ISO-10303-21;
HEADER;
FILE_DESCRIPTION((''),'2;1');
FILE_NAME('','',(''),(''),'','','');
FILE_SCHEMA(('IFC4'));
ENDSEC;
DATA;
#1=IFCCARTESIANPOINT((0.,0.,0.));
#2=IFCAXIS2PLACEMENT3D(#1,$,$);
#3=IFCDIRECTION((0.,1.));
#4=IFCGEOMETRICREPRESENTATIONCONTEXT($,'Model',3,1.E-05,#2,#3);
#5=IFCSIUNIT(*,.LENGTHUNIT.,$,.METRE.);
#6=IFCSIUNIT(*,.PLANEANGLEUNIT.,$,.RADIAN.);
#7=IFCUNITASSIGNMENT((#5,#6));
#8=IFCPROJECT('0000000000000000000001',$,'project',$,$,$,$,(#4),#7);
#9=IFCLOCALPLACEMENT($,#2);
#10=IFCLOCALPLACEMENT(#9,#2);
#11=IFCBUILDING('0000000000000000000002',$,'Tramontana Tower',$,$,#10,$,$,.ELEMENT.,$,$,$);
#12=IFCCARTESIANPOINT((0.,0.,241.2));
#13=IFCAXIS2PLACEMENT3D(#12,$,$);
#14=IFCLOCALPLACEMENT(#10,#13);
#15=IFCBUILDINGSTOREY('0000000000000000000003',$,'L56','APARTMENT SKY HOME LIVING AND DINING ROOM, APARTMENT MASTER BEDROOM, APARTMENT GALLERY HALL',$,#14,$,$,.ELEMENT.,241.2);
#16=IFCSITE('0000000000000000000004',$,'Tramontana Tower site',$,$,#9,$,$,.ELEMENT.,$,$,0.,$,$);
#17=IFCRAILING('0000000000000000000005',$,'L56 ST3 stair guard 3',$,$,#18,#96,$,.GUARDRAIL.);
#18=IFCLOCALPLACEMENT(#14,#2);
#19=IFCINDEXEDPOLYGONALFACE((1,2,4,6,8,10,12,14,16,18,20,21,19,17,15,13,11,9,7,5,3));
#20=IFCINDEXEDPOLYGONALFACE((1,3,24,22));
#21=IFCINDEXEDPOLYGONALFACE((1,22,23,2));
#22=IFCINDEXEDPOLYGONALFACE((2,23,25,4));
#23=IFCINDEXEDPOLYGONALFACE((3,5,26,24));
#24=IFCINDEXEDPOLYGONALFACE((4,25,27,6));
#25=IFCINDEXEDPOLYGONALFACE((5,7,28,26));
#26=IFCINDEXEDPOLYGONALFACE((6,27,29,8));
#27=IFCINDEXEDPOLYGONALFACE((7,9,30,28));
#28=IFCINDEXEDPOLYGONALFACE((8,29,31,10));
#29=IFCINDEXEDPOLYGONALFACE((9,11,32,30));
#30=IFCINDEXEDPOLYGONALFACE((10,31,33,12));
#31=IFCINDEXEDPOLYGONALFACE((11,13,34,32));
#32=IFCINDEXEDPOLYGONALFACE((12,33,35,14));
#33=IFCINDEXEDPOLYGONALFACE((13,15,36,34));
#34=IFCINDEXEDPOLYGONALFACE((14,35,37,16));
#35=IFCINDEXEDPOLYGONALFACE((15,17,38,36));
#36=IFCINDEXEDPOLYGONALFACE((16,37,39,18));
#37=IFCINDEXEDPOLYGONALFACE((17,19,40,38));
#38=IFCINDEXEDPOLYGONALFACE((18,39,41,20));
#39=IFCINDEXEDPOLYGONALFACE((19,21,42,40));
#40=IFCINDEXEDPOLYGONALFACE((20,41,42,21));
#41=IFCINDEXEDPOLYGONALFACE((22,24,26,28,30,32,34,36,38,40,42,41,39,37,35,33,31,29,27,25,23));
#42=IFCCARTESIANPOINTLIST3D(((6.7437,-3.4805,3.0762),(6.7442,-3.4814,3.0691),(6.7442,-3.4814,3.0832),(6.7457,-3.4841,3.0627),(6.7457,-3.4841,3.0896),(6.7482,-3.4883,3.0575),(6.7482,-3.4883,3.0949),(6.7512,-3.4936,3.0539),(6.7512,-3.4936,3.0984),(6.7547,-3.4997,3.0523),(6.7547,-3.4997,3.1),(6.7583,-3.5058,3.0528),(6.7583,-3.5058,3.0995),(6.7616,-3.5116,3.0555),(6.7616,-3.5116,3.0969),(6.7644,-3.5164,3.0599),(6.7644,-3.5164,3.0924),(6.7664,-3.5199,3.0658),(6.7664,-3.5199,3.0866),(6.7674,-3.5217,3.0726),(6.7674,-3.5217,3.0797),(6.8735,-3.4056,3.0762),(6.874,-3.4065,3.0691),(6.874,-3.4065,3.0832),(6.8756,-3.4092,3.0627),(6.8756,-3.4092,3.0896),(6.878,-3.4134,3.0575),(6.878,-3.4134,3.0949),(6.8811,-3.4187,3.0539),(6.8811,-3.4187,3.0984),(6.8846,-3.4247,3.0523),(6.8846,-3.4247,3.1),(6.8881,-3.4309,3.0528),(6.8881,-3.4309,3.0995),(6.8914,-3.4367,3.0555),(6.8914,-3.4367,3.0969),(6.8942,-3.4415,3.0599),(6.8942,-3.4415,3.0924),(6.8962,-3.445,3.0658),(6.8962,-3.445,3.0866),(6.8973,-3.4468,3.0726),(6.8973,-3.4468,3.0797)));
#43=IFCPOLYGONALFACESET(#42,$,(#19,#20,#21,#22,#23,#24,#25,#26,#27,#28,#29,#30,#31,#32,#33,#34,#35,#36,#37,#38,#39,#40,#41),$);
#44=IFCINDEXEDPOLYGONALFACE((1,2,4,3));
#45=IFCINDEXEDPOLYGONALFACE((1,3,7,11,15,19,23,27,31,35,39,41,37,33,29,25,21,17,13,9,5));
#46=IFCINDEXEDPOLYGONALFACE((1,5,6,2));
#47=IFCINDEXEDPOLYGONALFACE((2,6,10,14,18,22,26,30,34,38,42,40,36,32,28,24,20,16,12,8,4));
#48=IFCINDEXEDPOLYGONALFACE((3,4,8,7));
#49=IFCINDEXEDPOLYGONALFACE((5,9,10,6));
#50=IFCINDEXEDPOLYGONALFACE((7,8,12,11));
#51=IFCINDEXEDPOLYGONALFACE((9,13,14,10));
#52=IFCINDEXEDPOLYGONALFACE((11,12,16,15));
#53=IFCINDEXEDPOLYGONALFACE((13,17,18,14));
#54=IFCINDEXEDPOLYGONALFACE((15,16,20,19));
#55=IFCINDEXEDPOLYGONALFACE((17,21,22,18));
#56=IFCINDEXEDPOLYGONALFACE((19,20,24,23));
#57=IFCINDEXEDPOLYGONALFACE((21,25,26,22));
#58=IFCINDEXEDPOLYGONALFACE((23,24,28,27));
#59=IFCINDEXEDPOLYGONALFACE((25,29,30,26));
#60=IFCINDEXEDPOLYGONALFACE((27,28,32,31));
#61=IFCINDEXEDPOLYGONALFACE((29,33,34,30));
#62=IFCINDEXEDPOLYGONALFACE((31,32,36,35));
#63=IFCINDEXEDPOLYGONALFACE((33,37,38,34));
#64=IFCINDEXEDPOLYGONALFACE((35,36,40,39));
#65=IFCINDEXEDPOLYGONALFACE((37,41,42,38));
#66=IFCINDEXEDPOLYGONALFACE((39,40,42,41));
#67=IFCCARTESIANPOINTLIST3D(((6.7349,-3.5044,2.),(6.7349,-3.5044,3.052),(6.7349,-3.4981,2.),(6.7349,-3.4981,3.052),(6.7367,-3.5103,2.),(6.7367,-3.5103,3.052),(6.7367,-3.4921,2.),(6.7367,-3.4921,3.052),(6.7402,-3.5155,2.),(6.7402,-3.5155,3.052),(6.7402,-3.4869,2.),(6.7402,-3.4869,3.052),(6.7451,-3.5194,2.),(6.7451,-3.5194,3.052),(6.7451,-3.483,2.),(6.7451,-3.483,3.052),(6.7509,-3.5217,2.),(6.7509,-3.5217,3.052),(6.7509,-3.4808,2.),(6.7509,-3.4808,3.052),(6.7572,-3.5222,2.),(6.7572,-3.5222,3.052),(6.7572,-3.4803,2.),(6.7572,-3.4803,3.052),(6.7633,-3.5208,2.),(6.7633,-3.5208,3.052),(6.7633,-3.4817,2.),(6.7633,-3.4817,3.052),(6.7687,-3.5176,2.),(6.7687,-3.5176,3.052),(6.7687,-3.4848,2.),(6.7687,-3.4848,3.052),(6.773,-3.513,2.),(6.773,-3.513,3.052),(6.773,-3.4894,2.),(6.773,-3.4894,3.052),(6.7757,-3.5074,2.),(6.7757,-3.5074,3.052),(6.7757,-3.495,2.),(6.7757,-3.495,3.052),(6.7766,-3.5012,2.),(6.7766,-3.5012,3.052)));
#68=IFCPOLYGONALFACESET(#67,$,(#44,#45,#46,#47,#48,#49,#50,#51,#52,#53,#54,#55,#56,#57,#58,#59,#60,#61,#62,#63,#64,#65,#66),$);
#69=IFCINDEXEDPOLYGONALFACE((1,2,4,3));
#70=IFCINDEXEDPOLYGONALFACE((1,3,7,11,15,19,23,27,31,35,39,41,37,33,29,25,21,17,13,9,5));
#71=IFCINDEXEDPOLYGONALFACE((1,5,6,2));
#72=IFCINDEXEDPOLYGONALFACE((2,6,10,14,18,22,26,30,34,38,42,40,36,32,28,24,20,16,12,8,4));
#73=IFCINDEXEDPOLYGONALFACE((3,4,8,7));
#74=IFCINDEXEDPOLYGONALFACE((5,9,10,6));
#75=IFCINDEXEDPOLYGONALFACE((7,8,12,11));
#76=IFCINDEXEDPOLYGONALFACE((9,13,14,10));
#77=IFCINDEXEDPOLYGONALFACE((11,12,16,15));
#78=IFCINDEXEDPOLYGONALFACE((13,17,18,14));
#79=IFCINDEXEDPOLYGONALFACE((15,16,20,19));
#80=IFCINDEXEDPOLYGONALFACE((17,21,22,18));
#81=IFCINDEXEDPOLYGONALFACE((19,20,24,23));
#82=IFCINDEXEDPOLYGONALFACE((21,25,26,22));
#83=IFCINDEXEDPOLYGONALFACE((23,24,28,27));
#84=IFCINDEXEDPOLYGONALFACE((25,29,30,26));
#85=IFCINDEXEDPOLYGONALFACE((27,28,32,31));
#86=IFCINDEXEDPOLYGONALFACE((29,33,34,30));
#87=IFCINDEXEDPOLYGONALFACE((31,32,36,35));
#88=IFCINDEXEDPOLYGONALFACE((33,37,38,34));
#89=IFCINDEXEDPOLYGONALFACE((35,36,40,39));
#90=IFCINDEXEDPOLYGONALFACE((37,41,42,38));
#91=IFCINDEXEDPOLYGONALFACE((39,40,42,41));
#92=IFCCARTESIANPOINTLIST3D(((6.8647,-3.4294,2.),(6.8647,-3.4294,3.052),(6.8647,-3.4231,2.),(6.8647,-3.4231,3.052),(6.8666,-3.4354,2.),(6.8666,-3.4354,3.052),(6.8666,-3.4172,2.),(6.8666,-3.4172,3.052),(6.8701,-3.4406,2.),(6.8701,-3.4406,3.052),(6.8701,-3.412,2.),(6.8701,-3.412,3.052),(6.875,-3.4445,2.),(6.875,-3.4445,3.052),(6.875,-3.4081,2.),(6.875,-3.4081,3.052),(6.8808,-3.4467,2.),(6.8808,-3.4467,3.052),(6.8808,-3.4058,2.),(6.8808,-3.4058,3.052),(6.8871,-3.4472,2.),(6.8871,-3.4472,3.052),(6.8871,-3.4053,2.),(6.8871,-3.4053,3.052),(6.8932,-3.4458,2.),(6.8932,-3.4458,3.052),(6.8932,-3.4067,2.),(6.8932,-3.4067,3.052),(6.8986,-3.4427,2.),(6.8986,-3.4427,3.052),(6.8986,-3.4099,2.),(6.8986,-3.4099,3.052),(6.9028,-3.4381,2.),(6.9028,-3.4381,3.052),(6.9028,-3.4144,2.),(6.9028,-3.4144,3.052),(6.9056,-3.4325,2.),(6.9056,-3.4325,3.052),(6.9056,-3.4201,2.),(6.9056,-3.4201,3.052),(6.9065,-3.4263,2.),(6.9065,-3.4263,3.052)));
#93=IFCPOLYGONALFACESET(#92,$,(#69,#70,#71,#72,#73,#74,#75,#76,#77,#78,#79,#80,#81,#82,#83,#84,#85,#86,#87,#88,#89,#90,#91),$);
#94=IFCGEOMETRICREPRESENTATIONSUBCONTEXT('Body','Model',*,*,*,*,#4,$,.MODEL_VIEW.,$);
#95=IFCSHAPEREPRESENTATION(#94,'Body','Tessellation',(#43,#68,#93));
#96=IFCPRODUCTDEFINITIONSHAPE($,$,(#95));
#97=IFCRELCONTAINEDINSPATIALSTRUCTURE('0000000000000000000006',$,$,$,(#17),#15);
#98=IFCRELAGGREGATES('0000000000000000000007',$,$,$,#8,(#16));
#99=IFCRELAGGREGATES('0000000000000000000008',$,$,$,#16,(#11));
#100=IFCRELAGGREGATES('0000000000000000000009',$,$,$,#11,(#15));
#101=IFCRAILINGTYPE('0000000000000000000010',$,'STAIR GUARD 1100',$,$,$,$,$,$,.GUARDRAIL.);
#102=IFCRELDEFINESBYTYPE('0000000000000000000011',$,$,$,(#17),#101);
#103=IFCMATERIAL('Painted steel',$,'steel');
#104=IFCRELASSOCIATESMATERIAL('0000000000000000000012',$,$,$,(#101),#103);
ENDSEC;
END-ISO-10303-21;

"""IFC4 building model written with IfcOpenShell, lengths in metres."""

from ifc_helpers import new_model, si_unit, direction, frame, origin, origin_2d, place, context, subcontext, project, spatial, circle, extrude, material, type_object, element, save


model = new_model("IFC4")

# Units and contexts
model_context = context("Model", 3, precision=1e-05, world=origin(), true_north=direction((0.0, 1.0)))
body_context = subcontext(model_context, "Body", "Model", "MODEL_VIEW")
ifc_project = project(units=[si_unit("LENGTHUNIT", "METRE"), si_unit("PLANEANGLEUNIT", "RADIAN")], contexts=[model_context])

# Site, building, storey
site_placement = place(None, origin())
site = spatial("IfcSite", under=ifc_project, at=site_placement, Name="Tramontana Tower site", CompositionType="ELEMENT", RefElevation=0.0)
building_placement = place(site_placement, origin())
building = spatial("IfcBuilding", under=site, at=building_placement, Name="Tramontana Tower", CompositionType="ELEMENT")
storey_placement = place(building_placement, frame((0.0, 0.0, 241.2)))
storey = spatial("IfcBuildingStorey", under=building, at=storey_placement, Name="L56", Description="APARTMENT SKY HOME LIVING AND DINING ROOM, APARTMENT MASTER BEDROOM, APARTMENT GALLERY HALL", CompositionType="ELEMENT", Elevation=241.2)

# Railing
ifc_material_1 = material(Name="Painted steel", Category="steel")
railing_type_1 = type_object("IfcRailingType", Name="STAIR GUARD 1100", PredefinedType="GUARDRAIL", material=ifc_material_1)
railing_1_placement = place(storey_placement, frame((6.7556, -3.5012, 2.0)))
element("IfcRailing", 1, at=railing_1_placement, inside=storey, type_object=railing_type_1, Name="L56 ST3 stair guard 3", PredefinedType="GUARDRAIL", context=body_context, shape_type="SweptSolid", body=[
    extrude(circle(Radius=0.0239, at=origin_2d()), frame((0.0, 0.0, 1.0762), z_axis=(0.866131, 0.499816, 0.0), x_axis=(-0.499816, 0.866131, 0.0)), (0.0, 0.0, 1.0), 0.1499),
    extrude(circle(Radius=0.021, at=origin_2d()), origin(), (0.0, 0.0, 1.0), 1.052),
    extrude(circle(Radius=0.021, at=origin_2d()), frame((0.1299, 0.075, 0.0)), (0.0, 0.0, 1.0), 1.052),
])

save(model, "model.ifc")
